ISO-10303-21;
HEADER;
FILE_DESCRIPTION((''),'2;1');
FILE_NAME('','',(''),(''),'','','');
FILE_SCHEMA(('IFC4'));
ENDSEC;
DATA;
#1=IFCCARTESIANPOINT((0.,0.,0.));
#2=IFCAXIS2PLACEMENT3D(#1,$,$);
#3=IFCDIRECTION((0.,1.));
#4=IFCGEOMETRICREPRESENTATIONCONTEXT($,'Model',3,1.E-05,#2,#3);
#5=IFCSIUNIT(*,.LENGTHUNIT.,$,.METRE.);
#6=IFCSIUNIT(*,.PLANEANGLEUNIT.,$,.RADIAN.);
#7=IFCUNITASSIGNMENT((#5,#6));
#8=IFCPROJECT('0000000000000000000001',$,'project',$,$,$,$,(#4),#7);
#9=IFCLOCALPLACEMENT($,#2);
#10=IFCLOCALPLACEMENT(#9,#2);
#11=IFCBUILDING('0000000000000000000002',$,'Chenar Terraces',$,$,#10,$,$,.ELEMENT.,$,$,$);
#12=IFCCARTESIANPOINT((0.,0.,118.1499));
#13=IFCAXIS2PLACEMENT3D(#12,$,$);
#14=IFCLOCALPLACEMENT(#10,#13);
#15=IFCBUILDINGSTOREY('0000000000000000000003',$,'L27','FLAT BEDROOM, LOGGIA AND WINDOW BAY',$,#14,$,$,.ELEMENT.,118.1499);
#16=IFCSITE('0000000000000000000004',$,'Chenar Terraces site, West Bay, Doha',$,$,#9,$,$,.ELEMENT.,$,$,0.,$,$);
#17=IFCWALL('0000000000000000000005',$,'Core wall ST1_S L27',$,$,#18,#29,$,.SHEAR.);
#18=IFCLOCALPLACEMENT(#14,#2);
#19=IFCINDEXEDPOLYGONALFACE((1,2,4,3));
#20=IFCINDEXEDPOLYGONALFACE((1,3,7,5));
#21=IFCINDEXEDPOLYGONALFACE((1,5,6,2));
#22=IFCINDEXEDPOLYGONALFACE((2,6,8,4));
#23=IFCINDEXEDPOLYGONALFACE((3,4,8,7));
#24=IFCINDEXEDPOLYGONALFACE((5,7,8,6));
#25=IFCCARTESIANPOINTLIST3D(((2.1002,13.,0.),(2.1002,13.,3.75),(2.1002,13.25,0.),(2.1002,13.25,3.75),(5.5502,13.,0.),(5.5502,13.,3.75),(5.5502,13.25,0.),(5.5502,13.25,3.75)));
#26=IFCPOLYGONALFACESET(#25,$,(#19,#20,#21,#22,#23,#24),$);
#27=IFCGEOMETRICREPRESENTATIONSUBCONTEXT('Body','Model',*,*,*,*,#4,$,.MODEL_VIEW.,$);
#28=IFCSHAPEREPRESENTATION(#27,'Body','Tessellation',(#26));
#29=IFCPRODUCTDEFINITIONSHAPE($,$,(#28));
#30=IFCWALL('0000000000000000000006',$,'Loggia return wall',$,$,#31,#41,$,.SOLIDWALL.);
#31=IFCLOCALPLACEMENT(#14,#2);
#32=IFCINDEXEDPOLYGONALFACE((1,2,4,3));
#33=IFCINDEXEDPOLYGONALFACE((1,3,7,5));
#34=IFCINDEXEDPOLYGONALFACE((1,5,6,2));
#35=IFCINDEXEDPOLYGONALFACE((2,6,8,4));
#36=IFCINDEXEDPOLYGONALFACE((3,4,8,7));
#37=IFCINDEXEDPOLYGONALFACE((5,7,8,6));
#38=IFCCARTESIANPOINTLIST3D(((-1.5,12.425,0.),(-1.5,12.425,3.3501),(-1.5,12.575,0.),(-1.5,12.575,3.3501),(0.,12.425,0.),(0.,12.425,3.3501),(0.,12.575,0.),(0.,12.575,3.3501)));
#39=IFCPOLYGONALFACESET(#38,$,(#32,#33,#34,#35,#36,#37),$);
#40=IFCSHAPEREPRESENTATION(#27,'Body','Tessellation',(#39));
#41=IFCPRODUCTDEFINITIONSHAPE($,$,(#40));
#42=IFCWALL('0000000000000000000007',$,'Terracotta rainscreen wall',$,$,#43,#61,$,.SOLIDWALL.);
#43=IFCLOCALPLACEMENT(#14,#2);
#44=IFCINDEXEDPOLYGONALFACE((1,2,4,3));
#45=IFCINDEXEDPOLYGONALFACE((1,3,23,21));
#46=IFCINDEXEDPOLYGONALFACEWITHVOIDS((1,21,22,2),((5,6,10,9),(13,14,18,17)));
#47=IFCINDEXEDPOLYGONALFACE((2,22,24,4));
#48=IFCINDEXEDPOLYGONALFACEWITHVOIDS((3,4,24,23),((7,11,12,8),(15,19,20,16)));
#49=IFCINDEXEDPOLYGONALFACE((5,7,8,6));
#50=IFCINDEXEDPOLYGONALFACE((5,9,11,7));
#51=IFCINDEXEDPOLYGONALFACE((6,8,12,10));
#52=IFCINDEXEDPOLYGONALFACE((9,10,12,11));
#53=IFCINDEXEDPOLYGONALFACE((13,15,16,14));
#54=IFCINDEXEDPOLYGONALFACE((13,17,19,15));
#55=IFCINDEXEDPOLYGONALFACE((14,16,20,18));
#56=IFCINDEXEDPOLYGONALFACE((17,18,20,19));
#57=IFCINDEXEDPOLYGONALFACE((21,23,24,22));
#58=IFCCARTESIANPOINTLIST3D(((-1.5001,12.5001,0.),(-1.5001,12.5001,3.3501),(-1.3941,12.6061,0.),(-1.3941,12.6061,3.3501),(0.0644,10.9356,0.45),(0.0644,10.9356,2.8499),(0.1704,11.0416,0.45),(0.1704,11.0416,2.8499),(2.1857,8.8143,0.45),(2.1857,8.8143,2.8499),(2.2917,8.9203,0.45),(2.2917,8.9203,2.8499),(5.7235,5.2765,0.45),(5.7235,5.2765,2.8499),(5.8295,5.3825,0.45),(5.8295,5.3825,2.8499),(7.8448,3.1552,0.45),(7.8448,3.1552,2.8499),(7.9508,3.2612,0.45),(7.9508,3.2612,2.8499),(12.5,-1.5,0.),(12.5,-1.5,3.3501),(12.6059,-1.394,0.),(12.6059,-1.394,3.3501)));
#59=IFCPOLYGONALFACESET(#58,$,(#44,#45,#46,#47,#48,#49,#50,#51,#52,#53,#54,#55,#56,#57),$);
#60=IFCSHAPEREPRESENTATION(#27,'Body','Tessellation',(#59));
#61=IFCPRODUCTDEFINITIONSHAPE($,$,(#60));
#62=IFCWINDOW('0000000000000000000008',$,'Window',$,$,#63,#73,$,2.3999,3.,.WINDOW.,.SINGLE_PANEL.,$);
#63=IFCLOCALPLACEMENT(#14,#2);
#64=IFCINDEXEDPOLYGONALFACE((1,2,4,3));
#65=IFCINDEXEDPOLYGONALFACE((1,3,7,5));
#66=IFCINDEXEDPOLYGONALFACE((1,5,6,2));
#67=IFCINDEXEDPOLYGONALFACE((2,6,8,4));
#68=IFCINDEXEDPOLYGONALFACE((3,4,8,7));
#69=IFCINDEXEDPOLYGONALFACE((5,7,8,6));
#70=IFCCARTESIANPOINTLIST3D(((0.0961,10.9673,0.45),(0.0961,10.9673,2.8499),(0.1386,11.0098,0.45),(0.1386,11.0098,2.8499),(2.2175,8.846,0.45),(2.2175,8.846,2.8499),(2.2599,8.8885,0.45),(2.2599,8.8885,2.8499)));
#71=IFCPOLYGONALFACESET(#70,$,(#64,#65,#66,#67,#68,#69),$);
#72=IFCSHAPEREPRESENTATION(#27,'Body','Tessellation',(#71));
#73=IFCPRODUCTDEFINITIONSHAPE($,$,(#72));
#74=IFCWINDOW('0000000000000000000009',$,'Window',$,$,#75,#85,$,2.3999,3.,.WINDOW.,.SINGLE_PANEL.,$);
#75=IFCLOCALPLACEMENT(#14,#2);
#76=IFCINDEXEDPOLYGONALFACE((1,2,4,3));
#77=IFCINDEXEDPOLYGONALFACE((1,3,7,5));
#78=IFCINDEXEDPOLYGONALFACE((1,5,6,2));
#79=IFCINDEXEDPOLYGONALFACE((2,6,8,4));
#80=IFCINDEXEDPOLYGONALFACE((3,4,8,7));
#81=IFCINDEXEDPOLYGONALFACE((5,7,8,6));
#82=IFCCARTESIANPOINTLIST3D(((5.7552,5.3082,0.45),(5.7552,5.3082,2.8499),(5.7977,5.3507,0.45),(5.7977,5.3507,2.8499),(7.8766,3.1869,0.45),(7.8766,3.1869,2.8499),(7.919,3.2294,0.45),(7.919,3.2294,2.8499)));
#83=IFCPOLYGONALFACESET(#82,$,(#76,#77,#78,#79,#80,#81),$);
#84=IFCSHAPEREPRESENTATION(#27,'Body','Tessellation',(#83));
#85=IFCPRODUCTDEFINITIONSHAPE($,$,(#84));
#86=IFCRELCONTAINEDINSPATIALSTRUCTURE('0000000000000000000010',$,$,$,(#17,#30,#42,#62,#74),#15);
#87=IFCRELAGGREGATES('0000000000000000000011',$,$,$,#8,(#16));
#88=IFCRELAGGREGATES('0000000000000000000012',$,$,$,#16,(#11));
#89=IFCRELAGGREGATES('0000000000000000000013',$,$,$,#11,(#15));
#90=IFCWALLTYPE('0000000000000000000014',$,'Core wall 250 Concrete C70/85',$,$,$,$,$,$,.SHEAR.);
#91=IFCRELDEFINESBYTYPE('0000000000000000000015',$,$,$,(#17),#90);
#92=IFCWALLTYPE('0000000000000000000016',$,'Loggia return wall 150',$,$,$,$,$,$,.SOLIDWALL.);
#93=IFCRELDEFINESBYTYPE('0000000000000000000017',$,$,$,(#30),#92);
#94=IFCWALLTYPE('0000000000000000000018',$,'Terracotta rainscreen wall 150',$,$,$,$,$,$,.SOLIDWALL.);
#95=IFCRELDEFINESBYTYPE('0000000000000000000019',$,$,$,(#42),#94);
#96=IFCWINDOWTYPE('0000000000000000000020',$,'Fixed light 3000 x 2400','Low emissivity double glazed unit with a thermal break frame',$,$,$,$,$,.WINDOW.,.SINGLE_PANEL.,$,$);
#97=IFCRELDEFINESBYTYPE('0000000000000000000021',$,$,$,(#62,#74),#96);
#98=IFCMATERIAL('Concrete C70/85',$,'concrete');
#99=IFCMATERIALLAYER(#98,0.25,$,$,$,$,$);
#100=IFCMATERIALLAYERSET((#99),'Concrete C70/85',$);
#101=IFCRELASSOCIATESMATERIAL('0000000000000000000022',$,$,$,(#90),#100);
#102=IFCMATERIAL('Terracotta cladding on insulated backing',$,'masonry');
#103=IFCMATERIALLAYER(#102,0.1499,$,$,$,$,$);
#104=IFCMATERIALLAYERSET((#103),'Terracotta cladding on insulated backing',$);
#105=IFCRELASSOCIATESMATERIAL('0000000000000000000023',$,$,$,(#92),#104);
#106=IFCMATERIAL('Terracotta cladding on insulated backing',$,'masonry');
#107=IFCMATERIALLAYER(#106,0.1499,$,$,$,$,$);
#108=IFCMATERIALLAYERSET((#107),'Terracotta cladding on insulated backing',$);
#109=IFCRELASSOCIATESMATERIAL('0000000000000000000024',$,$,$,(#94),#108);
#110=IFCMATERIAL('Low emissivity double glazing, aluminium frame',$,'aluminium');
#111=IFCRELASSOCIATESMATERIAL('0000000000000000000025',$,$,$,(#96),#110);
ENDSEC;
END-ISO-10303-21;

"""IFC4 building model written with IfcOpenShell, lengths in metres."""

from ifc_helpers import new_model, si_unit, direction, frame, frame_2d, origin, place, context, subcontext, project, spatial, rectangle, extrude, material, layer, layer_set, type_object, element, fill, save


model = new_model("IFC4")

# Units and contexts
model_context = context("Model", 3, precision=1e-05, world=origin(), true_north=direction((0.0, 1.0)))
body_context = subcontext(model_context, "Body", "Model", "MODEL_VIEW")
ifc_project = project(units=[si_unit("LENGTHUNIT", "METRE"), si_unit("PLANEANGLEUNIT", "RADIAN")], contexts=[model_context])

# Site, building, storey
site_placement = place(None, origin())
site = spatial("IfcSite", under=ifc_project, at=site_placement, Name="Chenar Terraces site, West Bay, Doha", CompositionType="ELEMENT", RefElevation=0.0)
building_placement = place(site_placement, origin())
building = spatial("IfcBuilding", under=site, at=building_placement, Name="Chenar Terraces", CompositionType="ELEMENT")
storey_placement = place(building_placement, frame((0.0, 0.0, 118.1499)))
storey = spatial("IfcBuildingStorey", under=building, at=storey_placement, Name="L27", Description="FLAT BEDROOM, LOGGIA AND WINDOW BAY", CompositionType="ELEMENT", Elevation=118.1499)

# Walls
ifc_material_1 = material(Name="Concrete C70/85", Category="concrete")
ifc_layer_1 = layer(ifc_material_1, 0.25)
ifc_layer_set_1 = layer_set([ifc_layer_1], Name="Concrete C70/85")
wall_type_1 = type_object("IfcWallType", Name="Core wall 250 Concrete C70/85", PredefinedType="SHEAR", material=ifc_layer_set_1)
wall_1_placement = place(storey_placement, frame((2.1001, 13.125, 0.0), z_axis=(0.0, 0.0, 1.0), x_axis=(1.0, 0.0, 0.0)))
element("IfcWall", 1, at=wall_1_placement, inside=storey, type_object=wall_type_1, Name="Core wall ST1_S L27", PredefinedType="SHEAR", context=body_context, shape_type="SweptSolid", body=[
    extrude(rectangle(XDim=3.45, YDim=0.25, at=frame_2d((1.7251, 0.0))), origin(), (0.0, 0.0, 1.0), 3.75),
])
ifc_material_2 = material(Name="Terracotta cladding on insulated backing", Category="masonry")
ifc_layer_2 = layer(ifc_material_2, 0.1499)
ifc_layer_set_2 = layer_set([ifc_layer_2], Name="Terracotta cladding on insulated backing")
wall_type_2 = type_object("IfcWallType", Name="Loggia return wall 150", PredefinedType="SOLIDWALL", material=ifc_layer_set_2)
wall_2_placement = place(storey_placement, frame((-1.5, 12.5, 0.0), z_axis=(0.0, 0.0, 1.0), x_axis=(1.0, 0.0, 0.0)))
element("IfcWall", 2, at=wall_2_placement, inside=storey, type_object=wall_type_2, Name="Loggia return wall", PredefinedType="SOLIDWALL", context=body_context, shape_type="SweptSolid", body=[
    extrude(rectangle(XDim=1.5, YDim=0.1499, at=frame_2d((0.75, 0.0))), origin(), (0.0, 0.0, 1.0), 3.3501),
])

# Wall, openings, windows
ifc_material_3 = material(Name="Terracotta cladding on insulated backing", Category="masonry")
ifc_layer_3 = layer(ifc_material_3, 0.1499)
ifc_layer_set_3 = layer_set([ifc_layer_3], Name="Terracotta cladding on insulated backing")
wall_type_3 = type_object("IfcWallType", Name="Terracotta rainscreen wall 150", PredefinedType="SOLIDWALL", material=ifc_layer_set_3)
wall_3_placement = place(storey_placement, frame((-1.447, 12.553, 0.0), z_axis=(0.0, 0.0, 1.0), x_axis=(0.707107, -0.707107, 0.0)))
wall_3 = element("IfcWall", 3, at=wall_3_placement, inside=storey, type_object=wall_type_3, Name="Terracotta rainscreen wall", PredefinedType="SOLIDWALL", context=body_context, shape_type="SweptSolid", body=[
    extrude(rectangle(XDim=19.7991, YDim=0.1499, at=frame_2d((9.8994, 0.0))), origin(), (0.0, 0.0, 1.0), 3.3501),
])
opening_1_placement = place(wall_3_placement, frame((2.2124, 0.0, 0.45)))
opening_1 = element("IfcOpeningElement", 4, at=opening_1_placement, cuts=wall_3, PredefinedType="OPENING", context=body_context, shape_type="SweptSolid", body=[
    extrude(rectangle(XDim=3.0, YDim=2.3999, at=frame_2d((1.5, 1.2))), frame((0.0, 0.085, 0.0), z_axis=(0.0, -1.0, 0.0), x_axis=(1.0, 0.0, 0.0)), (0.0, 0.0, 1.0), 0.1699),
])
opening_2_placement = place(wall_3_placement, frame((10.2156, 0.0, 0.45)))
opening_2 = element("IfcOpeningElement", 5, at=opening_2_placement, cuts=wall_3, PredefinedType="OPENING", context=body_context, shape_type="SweptSolid", body=[
    extrude(rectangle(XDim=3.0, YDim=2.3999, at=frame_2d((1.5, 1.2))), frame((0.0, 0.085, 0.0), z_axis=(0.0, -1.0, 0.0), x_axis=(1.0, 0.0, 0.0)), (0.0, 0.0, 1.0), 0.1699),
])
ifc_material_4 = material(Name="Low emissivity double glazing, aluminium frame", Category="aluminium")
window_type = type_object("IfcWindowType", Name="Fixed light 3000 x 2400", Description="Low emissivity double glazed unit with a thermal break frame", PartitioningType="SINGLE_PANEL", PredefinedType="WINDOW", material=ifc_material_4)
window_1_placement = place(opening_1_placement, origin())
window_1 = element("IfcWindow", 6, at=window_1_placement, inside=storey, type_object=window_type, Name="Window", OverallHeight=2.3999, OverallWidth=3.0, PartitioningType="SINGLE_PANEL", PredefinedType="WINDOW", context=body_context, shape_type="SweptSolid", body=[
    extrude(rectangle(XDim=3.0, YDim=2.3999, at=frame_2d((1.5, 1.2))), frame((0.0, 0.03, 0.0), z_axis=(0.0, -1.0, 0.0), x_axis=(1.0, 0.0, 0.0)), (0.0, 0.0, 1.0), 0.0601),
])
fill(opening_1, window_1)
window_2_placement = place(opening_2_placement, origin())
window_2 = element("IfcWindow", 7, at=window_2_placement, inside=storey, type_object=window_type, Name="Window", OverallHeight=2.3999, OverallWidth=3.0, PartitioningType="SINGLE_PANEL", PredefinedType="WINDOW", context=body_context, shape_type="SweptSolid", body=[
    extrude(rectangle(XDim=3.0, YDim=2.3999, at=frame_2d((1.5, 1.2))), frame((0.0, 0.03, 0.0), z_axis=(0.0, -1.0, 0.0), x_axis=(1.0, 0.0, 0.0)), (0.0, 0.0, 1.0), 0.0601),
])
fill(opening_2, window_2)

save(model, "model.ifc")
